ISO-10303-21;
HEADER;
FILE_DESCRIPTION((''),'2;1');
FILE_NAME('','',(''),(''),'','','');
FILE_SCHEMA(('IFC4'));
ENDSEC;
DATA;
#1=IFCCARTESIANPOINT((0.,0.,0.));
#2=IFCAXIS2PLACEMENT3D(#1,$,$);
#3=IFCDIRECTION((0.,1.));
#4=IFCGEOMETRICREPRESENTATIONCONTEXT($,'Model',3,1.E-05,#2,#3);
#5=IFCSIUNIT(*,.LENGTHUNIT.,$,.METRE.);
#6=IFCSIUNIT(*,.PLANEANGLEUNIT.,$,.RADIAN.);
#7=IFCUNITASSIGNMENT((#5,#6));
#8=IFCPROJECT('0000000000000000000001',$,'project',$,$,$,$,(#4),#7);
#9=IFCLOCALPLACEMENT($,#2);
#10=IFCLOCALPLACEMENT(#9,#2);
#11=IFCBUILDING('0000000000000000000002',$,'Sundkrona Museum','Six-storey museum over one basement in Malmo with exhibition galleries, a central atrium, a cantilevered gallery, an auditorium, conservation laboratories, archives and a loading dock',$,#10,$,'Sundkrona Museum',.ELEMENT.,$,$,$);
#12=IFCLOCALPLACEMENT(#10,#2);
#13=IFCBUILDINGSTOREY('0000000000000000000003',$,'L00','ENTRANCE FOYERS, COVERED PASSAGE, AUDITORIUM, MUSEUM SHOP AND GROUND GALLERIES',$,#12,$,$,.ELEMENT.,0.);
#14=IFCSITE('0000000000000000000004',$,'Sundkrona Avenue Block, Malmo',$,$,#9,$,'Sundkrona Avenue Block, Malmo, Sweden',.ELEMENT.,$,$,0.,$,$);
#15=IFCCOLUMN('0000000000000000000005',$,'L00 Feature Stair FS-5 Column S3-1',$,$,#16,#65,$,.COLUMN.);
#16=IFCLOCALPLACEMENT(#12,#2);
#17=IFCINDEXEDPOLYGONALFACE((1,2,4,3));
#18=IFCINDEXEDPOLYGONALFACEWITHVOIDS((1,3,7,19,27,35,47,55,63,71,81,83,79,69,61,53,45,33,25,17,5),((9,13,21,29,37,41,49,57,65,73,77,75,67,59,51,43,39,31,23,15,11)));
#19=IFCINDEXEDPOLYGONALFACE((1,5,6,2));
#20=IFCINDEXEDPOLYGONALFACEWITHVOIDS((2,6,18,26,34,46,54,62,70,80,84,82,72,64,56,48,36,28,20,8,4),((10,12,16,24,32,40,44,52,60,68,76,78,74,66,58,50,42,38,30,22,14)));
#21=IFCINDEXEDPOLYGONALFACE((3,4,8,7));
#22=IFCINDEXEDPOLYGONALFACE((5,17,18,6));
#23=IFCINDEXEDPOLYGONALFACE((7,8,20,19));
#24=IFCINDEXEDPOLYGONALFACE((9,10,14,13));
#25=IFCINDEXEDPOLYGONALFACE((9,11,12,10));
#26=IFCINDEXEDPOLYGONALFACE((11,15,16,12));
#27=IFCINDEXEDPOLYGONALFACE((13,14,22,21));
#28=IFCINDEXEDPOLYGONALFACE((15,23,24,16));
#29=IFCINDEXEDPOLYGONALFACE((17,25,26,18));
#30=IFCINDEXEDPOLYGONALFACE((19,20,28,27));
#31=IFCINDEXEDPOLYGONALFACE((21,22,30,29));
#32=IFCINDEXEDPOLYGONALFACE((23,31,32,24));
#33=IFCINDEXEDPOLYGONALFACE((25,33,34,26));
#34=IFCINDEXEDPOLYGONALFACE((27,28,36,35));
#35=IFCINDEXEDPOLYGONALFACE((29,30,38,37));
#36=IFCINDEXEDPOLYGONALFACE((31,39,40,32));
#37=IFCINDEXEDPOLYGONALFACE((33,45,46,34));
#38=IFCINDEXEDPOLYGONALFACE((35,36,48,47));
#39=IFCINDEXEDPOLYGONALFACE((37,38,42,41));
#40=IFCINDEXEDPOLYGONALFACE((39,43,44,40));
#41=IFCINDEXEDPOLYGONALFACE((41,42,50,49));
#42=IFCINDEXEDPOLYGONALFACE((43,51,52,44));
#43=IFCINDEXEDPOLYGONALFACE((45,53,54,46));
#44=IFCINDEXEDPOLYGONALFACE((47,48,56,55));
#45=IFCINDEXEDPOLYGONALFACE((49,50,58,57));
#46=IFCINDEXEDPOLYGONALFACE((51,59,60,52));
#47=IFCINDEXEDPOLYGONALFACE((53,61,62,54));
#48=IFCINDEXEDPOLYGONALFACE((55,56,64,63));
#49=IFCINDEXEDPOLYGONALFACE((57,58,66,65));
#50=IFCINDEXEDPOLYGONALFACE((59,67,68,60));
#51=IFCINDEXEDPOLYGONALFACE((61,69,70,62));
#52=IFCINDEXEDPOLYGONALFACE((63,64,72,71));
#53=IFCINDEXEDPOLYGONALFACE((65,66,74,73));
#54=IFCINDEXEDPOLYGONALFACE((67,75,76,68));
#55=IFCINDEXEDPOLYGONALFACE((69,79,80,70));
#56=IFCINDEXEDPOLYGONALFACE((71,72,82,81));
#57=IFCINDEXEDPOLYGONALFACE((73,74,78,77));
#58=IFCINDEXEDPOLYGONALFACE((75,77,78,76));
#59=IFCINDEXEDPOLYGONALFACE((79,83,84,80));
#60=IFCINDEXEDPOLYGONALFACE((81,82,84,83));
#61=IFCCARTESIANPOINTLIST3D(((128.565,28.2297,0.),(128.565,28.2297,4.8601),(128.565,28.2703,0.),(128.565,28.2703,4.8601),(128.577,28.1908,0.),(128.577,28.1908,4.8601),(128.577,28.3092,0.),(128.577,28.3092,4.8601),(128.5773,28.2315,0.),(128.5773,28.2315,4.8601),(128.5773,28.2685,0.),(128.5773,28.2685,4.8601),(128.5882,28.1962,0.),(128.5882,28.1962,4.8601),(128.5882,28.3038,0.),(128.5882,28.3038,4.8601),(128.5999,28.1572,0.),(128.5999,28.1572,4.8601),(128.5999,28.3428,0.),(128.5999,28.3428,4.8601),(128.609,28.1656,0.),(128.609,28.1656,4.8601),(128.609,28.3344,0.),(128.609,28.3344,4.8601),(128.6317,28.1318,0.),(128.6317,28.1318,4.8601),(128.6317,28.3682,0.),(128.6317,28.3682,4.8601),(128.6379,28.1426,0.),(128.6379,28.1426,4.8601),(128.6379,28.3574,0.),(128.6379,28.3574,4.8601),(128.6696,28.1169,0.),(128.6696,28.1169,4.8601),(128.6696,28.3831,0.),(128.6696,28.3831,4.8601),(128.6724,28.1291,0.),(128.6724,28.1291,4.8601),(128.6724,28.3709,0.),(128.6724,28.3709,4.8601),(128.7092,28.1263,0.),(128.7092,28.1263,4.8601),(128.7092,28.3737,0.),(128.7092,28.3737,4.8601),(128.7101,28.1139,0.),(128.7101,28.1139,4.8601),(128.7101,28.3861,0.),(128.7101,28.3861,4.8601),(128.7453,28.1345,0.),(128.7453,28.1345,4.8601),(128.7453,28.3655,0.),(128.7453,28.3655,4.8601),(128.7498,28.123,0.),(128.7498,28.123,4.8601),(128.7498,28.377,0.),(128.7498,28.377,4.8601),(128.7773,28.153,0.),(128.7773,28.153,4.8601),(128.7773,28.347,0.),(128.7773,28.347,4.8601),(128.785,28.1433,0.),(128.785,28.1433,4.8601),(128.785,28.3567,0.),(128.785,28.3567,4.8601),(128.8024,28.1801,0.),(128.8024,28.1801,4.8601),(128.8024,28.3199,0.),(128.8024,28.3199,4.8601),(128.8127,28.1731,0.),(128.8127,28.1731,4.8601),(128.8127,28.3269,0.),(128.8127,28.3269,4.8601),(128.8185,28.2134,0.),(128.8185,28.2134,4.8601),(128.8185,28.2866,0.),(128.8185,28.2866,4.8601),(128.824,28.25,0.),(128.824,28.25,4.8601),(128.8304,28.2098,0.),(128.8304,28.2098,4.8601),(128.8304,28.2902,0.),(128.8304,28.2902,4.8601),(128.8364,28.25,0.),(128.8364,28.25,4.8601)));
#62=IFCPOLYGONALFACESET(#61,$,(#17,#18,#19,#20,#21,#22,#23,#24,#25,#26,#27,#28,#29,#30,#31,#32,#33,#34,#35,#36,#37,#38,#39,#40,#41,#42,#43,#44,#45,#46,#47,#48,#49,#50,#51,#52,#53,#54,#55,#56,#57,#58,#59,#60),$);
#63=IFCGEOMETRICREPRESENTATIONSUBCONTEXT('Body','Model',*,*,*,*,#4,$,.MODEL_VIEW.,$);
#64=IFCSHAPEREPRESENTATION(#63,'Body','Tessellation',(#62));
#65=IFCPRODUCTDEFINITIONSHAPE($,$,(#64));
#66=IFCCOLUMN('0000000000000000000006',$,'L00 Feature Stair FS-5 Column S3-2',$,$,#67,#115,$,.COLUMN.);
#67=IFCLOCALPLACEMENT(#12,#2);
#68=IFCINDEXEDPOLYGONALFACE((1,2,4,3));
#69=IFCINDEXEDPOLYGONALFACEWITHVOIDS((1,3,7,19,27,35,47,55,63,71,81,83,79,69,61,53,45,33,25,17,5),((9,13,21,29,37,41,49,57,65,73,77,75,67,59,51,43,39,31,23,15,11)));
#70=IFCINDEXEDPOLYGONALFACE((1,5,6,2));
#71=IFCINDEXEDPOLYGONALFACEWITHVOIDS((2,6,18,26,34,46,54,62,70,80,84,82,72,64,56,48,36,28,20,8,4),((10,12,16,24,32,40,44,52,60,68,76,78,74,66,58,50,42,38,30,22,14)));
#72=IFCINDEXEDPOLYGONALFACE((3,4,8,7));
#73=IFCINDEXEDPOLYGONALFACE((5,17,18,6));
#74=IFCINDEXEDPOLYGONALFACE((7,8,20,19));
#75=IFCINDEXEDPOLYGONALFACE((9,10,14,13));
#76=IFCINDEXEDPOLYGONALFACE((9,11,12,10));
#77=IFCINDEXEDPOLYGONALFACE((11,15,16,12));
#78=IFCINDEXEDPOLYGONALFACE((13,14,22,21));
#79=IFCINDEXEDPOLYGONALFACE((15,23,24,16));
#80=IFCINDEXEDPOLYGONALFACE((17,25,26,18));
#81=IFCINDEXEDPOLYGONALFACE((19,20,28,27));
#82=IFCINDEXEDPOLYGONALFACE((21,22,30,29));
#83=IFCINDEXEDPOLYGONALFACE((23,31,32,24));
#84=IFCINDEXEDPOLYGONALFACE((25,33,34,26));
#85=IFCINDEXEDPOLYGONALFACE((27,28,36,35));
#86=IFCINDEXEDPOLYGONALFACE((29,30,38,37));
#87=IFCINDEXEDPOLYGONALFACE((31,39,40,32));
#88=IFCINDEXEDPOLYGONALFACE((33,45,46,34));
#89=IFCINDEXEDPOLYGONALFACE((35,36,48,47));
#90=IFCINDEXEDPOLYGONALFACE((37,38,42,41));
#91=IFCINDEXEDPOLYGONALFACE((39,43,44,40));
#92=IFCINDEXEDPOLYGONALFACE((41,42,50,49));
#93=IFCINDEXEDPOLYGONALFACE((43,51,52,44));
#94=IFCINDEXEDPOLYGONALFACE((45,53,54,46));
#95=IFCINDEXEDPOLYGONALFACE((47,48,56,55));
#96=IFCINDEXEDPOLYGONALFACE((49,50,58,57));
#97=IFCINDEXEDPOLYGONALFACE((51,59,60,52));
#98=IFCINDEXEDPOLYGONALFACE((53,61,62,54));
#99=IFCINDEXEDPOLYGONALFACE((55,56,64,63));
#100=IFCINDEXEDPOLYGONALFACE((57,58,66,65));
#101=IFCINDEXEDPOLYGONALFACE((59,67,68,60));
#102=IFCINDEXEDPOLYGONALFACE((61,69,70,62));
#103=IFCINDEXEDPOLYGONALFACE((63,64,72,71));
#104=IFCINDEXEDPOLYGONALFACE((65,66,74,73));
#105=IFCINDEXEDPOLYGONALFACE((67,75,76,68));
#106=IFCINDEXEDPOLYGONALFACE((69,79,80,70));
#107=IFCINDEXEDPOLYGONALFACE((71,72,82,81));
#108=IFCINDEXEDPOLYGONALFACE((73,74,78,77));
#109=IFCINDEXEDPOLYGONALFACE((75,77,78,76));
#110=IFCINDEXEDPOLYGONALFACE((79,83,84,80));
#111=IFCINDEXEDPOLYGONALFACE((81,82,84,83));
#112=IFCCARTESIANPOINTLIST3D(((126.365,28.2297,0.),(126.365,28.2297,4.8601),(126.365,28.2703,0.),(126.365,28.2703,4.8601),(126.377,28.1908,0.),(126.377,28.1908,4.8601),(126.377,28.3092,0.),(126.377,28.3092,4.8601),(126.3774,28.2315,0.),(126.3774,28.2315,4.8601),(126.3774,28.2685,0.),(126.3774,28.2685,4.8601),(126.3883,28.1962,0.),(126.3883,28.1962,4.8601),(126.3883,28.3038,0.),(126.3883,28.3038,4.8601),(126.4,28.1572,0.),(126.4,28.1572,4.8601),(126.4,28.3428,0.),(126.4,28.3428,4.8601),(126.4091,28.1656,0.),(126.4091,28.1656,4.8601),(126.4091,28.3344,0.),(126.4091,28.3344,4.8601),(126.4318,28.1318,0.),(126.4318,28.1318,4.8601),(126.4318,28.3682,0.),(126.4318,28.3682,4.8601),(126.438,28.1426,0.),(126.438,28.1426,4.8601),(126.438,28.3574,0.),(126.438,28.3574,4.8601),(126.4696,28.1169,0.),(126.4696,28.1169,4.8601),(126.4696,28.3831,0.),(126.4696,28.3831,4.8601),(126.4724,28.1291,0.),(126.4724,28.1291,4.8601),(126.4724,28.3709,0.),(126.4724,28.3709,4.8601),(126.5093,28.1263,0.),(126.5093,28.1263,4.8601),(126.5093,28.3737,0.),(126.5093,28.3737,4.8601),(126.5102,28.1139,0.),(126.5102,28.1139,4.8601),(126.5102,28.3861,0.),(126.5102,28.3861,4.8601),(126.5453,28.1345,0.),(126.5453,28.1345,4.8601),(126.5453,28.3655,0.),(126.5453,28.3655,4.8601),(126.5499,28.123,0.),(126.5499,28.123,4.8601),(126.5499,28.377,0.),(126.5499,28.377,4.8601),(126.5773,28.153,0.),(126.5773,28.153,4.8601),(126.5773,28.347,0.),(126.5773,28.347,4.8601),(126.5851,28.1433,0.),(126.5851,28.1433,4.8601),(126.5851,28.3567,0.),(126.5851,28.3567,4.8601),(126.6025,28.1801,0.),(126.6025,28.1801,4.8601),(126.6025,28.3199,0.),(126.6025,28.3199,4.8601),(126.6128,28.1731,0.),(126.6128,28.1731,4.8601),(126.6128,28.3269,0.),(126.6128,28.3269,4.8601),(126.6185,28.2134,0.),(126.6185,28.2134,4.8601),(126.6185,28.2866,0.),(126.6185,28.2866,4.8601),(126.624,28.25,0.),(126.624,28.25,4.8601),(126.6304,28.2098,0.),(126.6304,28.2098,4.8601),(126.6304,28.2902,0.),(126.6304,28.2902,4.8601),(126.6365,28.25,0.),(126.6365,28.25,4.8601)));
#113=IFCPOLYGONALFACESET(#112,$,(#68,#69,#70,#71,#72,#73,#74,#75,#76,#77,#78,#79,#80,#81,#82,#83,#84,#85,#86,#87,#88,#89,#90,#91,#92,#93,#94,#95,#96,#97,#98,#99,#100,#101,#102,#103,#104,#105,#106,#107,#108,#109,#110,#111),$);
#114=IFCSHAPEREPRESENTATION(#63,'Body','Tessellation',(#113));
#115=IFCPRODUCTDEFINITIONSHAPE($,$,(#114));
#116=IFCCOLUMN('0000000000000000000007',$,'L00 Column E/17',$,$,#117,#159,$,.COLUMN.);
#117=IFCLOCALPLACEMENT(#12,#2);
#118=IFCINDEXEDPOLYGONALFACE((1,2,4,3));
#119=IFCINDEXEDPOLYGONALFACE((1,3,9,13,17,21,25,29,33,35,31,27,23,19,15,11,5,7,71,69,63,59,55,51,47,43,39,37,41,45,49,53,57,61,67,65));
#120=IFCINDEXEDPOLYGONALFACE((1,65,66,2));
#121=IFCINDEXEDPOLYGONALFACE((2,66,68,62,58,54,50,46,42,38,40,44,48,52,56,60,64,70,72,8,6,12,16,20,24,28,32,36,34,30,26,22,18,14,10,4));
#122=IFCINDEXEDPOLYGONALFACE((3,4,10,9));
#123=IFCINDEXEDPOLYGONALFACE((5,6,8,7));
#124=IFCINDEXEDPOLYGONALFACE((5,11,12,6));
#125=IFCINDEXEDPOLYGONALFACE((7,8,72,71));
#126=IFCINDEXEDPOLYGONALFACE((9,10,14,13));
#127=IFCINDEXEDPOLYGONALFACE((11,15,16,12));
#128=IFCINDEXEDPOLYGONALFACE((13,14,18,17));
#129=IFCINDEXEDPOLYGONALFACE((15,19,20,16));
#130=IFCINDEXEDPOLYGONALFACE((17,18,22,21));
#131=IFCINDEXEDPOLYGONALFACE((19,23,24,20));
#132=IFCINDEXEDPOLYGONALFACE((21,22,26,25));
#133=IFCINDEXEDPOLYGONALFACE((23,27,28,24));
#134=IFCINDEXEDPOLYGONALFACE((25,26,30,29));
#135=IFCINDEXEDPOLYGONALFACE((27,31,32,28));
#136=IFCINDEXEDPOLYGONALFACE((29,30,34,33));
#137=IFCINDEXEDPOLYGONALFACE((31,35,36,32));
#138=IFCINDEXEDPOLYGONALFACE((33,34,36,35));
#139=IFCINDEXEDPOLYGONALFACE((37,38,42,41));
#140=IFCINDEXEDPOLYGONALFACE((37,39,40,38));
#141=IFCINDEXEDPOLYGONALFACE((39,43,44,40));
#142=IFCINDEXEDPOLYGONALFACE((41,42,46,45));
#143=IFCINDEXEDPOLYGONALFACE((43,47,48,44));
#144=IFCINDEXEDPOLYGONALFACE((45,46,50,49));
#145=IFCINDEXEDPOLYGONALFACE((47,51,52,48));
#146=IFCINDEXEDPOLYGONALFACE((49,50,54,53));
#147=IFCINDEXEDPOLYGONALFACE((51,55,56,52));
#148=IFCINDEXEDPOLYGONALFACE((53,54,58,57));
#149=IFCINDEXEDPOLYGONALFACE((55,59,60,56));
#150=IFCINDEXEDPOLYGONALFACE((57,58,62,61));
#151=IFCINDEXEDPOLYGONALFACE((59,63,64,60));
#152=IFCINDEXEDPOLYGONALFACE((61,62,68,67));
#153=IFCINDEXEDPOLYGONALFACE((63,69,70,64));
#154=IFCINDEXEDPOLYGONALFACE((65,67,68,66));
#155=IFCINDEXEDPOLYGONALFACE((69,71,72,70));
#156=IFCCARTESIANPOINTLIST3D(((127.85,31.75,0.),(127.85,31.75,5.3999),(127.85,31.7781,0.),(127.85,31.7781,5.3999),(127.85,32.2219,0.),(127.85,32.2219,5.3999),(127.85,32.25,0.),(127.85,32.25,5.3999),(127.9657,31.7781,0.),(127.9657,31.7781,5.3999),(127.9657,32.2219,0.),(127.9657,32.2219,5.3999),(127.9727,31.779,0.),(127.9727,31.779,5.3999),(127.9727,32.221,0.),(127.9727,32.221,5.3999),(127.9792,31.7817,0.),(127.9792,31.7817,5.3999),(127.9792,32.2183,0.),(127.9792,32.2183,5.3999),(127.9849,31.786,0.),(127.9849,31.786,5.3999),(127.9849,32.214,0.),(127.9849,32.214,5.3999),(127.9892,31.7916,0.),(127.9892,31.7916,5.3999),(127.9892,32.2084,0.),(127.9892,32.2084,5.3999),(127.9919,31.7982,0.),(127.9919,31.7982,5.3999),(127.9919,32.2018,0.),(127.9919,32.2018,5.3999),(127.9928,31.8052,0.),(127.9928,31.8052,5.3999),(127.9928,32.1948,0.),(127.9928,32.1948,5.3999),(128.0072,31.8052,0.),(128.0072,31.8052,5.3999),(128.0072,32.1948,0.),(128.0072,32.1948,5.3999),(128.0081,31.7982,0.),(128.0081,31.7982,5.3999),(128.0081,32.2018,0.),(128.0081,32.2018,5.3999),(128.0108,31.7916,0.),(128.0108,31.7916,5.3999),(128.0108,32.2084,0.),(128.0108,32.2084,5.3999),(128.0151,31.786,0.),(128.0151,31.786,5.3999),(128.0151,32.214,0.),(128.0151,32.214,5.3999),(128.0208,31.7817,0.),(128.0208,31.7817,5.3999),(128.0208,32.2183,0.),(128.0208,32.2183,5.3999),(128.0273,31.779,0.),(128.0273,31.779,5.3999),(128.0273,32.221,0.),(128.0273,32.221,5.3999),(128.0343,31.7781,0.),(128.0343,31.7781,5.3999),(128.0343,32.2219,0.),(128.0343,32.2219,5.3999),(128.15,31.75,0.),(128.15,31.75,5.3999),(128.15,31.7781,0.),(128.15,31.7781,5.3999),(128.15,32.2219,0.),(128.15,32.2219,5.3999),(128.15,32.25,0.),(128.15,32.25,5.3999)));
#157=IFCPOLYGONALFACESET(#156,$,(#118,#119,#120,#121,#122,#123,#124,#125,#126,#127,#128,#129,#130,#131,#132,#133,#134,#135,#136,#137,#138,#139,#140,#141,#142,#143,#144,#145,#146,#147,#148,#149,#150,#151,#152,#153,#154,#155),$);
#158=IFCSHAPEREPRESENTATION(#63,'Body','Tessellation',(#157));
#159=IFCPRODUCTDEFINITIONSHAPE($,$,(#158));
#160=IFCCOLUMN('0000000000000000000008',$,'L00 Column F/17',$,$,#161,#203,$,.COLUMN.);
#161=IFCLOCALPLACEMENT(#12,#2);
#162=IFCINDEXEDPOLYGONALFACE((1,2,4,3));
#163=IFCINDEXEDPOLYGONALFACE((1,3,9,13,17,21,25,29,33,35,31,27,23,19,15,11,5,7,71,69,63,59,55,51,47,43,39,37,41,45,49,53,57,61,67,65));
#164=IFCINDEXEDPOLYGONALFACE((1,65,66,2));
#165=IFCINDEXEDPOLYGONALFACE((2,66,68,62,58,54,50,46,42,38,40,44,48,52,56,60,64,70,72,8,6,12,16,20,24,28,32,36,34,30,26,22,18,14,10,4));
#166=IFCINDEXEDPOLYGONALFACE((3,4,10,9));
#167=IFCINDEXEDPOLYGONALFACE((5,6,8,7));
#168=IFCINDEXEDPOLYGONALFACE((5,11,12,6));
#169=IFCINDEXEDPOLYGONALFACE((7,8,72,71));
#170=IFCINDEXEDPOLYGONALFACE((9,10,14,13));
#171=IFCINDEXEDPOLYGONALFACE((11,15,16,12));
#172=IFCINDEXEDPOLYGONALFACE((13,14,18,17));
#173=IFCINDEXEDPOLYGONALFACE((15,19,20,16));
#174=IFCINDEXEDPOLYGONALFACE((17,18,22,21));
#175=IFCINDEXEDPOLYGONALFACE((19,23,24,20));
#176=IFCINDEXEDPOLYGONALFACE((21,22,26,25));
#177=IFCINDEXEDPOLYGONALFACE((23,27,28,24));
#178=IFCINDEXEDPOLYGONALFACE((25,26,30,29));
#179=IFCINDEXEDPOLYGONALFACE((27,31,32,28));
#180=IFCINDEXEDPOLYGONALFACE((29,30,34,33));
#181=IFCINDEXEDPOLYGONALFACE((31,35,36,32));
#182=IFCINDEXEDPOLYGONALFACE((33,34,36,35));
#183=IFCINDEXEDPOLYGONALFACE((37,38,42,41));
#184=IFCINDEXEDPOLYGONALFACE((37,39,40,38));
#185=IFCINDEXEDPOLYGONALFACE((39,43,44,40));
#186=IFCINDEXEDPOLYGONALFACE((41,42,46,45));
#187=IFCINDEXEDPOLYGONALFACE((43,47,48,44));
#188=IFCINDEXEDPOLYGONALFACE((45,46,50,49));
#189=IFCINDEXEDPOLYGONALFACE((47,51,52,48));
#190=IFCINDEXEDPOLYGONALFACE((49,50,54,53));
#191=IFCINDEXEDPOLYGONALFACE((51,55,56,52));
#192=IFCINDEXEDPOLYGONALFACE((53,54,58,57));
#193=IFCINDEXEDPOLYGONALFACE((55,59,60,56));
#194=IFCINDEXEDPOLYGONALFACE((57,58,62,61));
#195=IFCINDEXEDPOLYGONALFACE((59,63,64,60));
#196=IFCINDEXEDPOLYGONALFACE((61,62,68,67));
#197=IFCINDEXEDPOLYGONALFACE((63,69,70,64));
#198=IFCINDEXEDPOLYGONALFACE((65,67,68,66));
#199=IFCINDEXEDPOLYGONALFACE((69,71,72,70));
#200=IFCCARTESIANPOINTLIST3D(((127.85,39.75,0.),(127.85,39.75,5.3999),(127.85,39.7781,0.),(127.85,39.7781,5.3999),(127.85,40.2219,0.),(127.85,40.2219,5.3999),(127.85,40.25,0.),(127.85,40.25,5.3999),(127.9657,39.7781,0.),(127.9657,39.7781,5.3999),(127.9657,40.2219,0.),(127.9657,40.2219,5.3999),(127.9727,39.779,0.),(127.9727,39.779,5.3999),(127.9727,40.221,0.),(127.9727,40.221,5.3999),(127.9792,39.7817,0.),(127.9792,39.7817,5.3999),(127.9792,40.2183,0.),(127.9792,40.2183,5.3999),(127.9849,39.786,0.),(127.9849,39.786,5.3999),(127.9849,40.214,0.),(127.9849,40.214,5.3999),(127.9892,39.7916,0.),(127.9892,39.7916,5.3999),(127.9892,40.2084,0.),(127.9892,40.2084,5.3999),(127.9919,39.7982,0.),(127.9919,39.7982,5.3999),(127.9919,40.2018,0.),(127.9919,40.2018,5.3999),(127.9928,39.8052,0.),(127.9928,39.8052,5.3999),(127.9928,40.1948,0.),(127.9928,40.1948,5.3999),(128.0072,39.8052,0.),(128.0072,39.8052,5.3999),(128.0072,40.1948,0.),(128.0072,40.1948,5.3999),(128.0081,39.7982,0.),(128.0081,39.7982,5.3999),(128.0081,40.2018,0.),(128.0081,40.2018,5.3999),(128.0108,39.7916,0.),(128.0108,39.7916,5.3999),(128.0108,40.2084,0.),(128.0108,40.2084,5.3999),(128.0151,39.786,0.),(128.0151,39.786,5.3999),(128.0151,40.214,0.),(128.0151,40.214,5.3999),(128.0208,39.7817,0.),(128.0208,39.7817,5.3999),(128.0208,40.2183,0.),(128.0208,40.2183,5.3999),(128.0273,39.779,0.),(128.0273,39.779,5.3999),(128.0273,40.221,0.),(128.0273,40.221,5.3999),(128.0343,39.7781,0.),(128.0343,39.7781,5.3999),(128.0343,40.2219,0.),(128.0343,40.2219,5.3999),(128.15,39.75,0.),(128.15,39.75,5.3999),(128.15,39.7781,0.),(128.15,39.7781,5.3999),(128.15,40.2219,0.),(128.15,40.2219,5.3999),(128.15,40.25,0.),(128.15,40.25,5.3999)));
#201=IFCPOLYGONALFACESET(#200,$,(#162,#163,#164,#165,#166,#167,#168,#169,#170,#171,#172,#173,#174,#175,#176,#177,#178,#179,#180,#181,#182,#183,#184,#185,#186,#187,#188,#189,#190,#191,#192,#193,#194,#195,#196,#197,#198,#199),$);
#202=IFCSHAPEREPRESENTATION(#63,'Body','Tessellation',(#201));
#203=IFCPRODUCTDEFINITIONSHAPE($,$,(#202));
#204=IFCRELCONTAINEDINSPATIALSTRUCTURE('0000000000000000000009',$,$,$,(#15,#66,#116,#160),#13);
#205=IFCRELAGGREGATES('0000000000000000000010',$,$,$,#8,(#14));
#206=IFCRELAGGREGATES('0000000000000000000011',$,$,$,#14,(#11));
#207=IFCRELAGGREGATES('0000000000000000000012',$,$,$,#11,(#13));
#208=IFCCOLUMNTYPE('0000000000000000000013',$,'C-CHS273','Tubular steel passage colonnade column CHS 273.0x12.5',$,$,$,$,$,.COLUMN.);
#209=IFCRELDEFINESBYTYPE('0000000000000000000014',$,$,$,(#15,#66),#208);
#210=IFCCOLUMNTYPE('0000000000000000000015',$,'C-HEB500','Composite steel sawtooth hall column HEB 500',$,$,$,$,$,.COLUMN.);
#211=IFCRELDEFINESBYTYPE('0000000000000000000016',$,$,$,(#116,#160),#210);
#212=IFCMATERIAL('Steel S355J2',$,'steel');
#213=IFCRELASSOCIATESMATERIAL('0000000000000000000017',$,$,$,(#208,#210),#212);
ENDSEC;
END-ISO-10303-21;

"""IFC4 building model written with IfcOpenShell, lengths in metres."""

from ifc_helpers import new_model, si_unit, direction, frame, origin, origin_2d, place, context, subcontext, project, spatial, hollow_circle, i_section, extrude, material, material_profile, profile_set, type_object, element, save


model = new_model("IFC4")

# Units and contexts
model_context = context("Model", 3, precision=1e-05, world=origin(), true_north=direction((0.0, 1.0)))
body_context = subcontext(model_context, "Body", "Model", "MODEL_VIEW")
ifc_project = project(units=[si_unit("LENGTHUNIT", "METRE"), si_unit("PLANEANGLEUNIT", "RADIAN")], contexts=[model_context])

# Site, building, storey
site_placement = place(None, origin())
site = spatial("IfcSite", under=ifc_project, at=site_placement, Name="Sundkrona Avenue Block, Malmo", LongName="Sundkrona Avenue Block, Malmo, Sweden", CompositionType="ELEMENT", RefElevation=0.0)
building_placement = place(site_placement, origin())
building = spatial("IfcBuilding", under=site, at=building_placement, Name="Sundkrona Museum", Description="Six-storey museum over one basement in Malmo with exhibition galleries, a central atrium, a cantilevered gallery, an auditorium, conservation laboratories, archives and a loading dock", LongName="Sundkrona Museum", CompositionType="ELEMENT")
storey_placement = place(building_placement, origin())
storey = spatial("IfcBuildingStorey", under=building, at=storey_placement, Name="L00", Description="ENTRANCE FOYERS, COVERED PASSAGE, AUDITORIUM, MUSEUM SHOP AND GROUND GALLERIES", CompositionType="ELEMENT", Elevation=0.0)

# Columns
ifc_material_1 = material(Name="Steel S355J2", Category="steel")
ifc_material_profile_1 = material_profile(ifc_material_1, hollow_circle(Radius=0.1365, WallThickness=0.0125, at=origin_2d()), Name="CHS 273.0x12.5")
ifc_profile_set_1 = profile_set([ifc_material_profile_1], Name="Steel S355J2")
column_type_1 = type_object("IfcColumnType", Name="C-CHS273", Description="Tubular steel passage colonnade column CHS 273.0x12.5", PredefinedType="COLUMN", material=ifc_profile_set_1)
for number, where, z_axis, x_axis, name in (
    (1, (128.7, 28.25, 0.0), (0.0, 0.0, 1.0), (1.0, 0.0, 0.0), "L00 Feature Stair FS-5 Column S3-1"),
    (2, (126.5, 28.25, 0.0), (0.0, 0.0, 1.0), (1.0, 0.0, 0.0), "L00 Feature Stair FS-5 Column S3-2"),
):
    element("IfcColumn", number, at=place(storey_placement, frame(where, z_axis=z_axis, x_axis=x_axis)), inside=storey, type_object=column_type_1, Name=name, PredefinedType="COLUMN", context=body_context, shape_type="SweptSolid", body=[
        extrude(hollow_circle(Radius=0.1365, WallThickness=0.0125, at=origin_2d()), origin(), (0.0, 0.0, 1.0), 4.8601),
    ])
ifc_material_profile_2 = material_profile(ifc_material_1, i_section(OverallWidth=0.3, OverallDepth=0.5, WebThickness=0.0144, FlangeThickness=0.0281, FilletRadius=0.0271, at=origin_2d()), Name="HEB 500")
ifc_profile_set_2 = profile_set([ifc_material_profile_2], Name="Steel S355J2")
column_type_2 = type_object("IfcColumnType", Name="C-HEB500", Description="Composite steel sawtooth hall column HEB 500", PredefinedType="COLUMN", material=ifc_profile_set_2)
for number, where, z_axis, x_axis, name in (
    (3, (128.0, 32.0, 0.0), (0.0, 0.0, 1.0), (1.0, 0.0, 0.0), "L00 Column E/17"),
    (4, (128.0, 40.0, 0.0), (0.0, 0.0, 1.0), (1.0, 0.0, 0.0), "L00 Column F/17"),
):
    element("IfcColumn", number, at=place(storey_placement, frame(where, z_axis=z_axis, x_axis=x_axis)), inside=storey, type_object=column_type_2, Name=name, PredefinedType="COLUMN", context=body_context, shape_type="SweptSolid", body=[
        extrude(i_section(OverallWidth=0.3, OverallDepth=0.5, WebThickness=0.0144, FlangeThickness=0.0281, FilletRadius=0.0271, at=origin_2d()), origin(), (0.0, 0.0, 1.0), 5.3999),
    ])

save(model, "model.ifc")
